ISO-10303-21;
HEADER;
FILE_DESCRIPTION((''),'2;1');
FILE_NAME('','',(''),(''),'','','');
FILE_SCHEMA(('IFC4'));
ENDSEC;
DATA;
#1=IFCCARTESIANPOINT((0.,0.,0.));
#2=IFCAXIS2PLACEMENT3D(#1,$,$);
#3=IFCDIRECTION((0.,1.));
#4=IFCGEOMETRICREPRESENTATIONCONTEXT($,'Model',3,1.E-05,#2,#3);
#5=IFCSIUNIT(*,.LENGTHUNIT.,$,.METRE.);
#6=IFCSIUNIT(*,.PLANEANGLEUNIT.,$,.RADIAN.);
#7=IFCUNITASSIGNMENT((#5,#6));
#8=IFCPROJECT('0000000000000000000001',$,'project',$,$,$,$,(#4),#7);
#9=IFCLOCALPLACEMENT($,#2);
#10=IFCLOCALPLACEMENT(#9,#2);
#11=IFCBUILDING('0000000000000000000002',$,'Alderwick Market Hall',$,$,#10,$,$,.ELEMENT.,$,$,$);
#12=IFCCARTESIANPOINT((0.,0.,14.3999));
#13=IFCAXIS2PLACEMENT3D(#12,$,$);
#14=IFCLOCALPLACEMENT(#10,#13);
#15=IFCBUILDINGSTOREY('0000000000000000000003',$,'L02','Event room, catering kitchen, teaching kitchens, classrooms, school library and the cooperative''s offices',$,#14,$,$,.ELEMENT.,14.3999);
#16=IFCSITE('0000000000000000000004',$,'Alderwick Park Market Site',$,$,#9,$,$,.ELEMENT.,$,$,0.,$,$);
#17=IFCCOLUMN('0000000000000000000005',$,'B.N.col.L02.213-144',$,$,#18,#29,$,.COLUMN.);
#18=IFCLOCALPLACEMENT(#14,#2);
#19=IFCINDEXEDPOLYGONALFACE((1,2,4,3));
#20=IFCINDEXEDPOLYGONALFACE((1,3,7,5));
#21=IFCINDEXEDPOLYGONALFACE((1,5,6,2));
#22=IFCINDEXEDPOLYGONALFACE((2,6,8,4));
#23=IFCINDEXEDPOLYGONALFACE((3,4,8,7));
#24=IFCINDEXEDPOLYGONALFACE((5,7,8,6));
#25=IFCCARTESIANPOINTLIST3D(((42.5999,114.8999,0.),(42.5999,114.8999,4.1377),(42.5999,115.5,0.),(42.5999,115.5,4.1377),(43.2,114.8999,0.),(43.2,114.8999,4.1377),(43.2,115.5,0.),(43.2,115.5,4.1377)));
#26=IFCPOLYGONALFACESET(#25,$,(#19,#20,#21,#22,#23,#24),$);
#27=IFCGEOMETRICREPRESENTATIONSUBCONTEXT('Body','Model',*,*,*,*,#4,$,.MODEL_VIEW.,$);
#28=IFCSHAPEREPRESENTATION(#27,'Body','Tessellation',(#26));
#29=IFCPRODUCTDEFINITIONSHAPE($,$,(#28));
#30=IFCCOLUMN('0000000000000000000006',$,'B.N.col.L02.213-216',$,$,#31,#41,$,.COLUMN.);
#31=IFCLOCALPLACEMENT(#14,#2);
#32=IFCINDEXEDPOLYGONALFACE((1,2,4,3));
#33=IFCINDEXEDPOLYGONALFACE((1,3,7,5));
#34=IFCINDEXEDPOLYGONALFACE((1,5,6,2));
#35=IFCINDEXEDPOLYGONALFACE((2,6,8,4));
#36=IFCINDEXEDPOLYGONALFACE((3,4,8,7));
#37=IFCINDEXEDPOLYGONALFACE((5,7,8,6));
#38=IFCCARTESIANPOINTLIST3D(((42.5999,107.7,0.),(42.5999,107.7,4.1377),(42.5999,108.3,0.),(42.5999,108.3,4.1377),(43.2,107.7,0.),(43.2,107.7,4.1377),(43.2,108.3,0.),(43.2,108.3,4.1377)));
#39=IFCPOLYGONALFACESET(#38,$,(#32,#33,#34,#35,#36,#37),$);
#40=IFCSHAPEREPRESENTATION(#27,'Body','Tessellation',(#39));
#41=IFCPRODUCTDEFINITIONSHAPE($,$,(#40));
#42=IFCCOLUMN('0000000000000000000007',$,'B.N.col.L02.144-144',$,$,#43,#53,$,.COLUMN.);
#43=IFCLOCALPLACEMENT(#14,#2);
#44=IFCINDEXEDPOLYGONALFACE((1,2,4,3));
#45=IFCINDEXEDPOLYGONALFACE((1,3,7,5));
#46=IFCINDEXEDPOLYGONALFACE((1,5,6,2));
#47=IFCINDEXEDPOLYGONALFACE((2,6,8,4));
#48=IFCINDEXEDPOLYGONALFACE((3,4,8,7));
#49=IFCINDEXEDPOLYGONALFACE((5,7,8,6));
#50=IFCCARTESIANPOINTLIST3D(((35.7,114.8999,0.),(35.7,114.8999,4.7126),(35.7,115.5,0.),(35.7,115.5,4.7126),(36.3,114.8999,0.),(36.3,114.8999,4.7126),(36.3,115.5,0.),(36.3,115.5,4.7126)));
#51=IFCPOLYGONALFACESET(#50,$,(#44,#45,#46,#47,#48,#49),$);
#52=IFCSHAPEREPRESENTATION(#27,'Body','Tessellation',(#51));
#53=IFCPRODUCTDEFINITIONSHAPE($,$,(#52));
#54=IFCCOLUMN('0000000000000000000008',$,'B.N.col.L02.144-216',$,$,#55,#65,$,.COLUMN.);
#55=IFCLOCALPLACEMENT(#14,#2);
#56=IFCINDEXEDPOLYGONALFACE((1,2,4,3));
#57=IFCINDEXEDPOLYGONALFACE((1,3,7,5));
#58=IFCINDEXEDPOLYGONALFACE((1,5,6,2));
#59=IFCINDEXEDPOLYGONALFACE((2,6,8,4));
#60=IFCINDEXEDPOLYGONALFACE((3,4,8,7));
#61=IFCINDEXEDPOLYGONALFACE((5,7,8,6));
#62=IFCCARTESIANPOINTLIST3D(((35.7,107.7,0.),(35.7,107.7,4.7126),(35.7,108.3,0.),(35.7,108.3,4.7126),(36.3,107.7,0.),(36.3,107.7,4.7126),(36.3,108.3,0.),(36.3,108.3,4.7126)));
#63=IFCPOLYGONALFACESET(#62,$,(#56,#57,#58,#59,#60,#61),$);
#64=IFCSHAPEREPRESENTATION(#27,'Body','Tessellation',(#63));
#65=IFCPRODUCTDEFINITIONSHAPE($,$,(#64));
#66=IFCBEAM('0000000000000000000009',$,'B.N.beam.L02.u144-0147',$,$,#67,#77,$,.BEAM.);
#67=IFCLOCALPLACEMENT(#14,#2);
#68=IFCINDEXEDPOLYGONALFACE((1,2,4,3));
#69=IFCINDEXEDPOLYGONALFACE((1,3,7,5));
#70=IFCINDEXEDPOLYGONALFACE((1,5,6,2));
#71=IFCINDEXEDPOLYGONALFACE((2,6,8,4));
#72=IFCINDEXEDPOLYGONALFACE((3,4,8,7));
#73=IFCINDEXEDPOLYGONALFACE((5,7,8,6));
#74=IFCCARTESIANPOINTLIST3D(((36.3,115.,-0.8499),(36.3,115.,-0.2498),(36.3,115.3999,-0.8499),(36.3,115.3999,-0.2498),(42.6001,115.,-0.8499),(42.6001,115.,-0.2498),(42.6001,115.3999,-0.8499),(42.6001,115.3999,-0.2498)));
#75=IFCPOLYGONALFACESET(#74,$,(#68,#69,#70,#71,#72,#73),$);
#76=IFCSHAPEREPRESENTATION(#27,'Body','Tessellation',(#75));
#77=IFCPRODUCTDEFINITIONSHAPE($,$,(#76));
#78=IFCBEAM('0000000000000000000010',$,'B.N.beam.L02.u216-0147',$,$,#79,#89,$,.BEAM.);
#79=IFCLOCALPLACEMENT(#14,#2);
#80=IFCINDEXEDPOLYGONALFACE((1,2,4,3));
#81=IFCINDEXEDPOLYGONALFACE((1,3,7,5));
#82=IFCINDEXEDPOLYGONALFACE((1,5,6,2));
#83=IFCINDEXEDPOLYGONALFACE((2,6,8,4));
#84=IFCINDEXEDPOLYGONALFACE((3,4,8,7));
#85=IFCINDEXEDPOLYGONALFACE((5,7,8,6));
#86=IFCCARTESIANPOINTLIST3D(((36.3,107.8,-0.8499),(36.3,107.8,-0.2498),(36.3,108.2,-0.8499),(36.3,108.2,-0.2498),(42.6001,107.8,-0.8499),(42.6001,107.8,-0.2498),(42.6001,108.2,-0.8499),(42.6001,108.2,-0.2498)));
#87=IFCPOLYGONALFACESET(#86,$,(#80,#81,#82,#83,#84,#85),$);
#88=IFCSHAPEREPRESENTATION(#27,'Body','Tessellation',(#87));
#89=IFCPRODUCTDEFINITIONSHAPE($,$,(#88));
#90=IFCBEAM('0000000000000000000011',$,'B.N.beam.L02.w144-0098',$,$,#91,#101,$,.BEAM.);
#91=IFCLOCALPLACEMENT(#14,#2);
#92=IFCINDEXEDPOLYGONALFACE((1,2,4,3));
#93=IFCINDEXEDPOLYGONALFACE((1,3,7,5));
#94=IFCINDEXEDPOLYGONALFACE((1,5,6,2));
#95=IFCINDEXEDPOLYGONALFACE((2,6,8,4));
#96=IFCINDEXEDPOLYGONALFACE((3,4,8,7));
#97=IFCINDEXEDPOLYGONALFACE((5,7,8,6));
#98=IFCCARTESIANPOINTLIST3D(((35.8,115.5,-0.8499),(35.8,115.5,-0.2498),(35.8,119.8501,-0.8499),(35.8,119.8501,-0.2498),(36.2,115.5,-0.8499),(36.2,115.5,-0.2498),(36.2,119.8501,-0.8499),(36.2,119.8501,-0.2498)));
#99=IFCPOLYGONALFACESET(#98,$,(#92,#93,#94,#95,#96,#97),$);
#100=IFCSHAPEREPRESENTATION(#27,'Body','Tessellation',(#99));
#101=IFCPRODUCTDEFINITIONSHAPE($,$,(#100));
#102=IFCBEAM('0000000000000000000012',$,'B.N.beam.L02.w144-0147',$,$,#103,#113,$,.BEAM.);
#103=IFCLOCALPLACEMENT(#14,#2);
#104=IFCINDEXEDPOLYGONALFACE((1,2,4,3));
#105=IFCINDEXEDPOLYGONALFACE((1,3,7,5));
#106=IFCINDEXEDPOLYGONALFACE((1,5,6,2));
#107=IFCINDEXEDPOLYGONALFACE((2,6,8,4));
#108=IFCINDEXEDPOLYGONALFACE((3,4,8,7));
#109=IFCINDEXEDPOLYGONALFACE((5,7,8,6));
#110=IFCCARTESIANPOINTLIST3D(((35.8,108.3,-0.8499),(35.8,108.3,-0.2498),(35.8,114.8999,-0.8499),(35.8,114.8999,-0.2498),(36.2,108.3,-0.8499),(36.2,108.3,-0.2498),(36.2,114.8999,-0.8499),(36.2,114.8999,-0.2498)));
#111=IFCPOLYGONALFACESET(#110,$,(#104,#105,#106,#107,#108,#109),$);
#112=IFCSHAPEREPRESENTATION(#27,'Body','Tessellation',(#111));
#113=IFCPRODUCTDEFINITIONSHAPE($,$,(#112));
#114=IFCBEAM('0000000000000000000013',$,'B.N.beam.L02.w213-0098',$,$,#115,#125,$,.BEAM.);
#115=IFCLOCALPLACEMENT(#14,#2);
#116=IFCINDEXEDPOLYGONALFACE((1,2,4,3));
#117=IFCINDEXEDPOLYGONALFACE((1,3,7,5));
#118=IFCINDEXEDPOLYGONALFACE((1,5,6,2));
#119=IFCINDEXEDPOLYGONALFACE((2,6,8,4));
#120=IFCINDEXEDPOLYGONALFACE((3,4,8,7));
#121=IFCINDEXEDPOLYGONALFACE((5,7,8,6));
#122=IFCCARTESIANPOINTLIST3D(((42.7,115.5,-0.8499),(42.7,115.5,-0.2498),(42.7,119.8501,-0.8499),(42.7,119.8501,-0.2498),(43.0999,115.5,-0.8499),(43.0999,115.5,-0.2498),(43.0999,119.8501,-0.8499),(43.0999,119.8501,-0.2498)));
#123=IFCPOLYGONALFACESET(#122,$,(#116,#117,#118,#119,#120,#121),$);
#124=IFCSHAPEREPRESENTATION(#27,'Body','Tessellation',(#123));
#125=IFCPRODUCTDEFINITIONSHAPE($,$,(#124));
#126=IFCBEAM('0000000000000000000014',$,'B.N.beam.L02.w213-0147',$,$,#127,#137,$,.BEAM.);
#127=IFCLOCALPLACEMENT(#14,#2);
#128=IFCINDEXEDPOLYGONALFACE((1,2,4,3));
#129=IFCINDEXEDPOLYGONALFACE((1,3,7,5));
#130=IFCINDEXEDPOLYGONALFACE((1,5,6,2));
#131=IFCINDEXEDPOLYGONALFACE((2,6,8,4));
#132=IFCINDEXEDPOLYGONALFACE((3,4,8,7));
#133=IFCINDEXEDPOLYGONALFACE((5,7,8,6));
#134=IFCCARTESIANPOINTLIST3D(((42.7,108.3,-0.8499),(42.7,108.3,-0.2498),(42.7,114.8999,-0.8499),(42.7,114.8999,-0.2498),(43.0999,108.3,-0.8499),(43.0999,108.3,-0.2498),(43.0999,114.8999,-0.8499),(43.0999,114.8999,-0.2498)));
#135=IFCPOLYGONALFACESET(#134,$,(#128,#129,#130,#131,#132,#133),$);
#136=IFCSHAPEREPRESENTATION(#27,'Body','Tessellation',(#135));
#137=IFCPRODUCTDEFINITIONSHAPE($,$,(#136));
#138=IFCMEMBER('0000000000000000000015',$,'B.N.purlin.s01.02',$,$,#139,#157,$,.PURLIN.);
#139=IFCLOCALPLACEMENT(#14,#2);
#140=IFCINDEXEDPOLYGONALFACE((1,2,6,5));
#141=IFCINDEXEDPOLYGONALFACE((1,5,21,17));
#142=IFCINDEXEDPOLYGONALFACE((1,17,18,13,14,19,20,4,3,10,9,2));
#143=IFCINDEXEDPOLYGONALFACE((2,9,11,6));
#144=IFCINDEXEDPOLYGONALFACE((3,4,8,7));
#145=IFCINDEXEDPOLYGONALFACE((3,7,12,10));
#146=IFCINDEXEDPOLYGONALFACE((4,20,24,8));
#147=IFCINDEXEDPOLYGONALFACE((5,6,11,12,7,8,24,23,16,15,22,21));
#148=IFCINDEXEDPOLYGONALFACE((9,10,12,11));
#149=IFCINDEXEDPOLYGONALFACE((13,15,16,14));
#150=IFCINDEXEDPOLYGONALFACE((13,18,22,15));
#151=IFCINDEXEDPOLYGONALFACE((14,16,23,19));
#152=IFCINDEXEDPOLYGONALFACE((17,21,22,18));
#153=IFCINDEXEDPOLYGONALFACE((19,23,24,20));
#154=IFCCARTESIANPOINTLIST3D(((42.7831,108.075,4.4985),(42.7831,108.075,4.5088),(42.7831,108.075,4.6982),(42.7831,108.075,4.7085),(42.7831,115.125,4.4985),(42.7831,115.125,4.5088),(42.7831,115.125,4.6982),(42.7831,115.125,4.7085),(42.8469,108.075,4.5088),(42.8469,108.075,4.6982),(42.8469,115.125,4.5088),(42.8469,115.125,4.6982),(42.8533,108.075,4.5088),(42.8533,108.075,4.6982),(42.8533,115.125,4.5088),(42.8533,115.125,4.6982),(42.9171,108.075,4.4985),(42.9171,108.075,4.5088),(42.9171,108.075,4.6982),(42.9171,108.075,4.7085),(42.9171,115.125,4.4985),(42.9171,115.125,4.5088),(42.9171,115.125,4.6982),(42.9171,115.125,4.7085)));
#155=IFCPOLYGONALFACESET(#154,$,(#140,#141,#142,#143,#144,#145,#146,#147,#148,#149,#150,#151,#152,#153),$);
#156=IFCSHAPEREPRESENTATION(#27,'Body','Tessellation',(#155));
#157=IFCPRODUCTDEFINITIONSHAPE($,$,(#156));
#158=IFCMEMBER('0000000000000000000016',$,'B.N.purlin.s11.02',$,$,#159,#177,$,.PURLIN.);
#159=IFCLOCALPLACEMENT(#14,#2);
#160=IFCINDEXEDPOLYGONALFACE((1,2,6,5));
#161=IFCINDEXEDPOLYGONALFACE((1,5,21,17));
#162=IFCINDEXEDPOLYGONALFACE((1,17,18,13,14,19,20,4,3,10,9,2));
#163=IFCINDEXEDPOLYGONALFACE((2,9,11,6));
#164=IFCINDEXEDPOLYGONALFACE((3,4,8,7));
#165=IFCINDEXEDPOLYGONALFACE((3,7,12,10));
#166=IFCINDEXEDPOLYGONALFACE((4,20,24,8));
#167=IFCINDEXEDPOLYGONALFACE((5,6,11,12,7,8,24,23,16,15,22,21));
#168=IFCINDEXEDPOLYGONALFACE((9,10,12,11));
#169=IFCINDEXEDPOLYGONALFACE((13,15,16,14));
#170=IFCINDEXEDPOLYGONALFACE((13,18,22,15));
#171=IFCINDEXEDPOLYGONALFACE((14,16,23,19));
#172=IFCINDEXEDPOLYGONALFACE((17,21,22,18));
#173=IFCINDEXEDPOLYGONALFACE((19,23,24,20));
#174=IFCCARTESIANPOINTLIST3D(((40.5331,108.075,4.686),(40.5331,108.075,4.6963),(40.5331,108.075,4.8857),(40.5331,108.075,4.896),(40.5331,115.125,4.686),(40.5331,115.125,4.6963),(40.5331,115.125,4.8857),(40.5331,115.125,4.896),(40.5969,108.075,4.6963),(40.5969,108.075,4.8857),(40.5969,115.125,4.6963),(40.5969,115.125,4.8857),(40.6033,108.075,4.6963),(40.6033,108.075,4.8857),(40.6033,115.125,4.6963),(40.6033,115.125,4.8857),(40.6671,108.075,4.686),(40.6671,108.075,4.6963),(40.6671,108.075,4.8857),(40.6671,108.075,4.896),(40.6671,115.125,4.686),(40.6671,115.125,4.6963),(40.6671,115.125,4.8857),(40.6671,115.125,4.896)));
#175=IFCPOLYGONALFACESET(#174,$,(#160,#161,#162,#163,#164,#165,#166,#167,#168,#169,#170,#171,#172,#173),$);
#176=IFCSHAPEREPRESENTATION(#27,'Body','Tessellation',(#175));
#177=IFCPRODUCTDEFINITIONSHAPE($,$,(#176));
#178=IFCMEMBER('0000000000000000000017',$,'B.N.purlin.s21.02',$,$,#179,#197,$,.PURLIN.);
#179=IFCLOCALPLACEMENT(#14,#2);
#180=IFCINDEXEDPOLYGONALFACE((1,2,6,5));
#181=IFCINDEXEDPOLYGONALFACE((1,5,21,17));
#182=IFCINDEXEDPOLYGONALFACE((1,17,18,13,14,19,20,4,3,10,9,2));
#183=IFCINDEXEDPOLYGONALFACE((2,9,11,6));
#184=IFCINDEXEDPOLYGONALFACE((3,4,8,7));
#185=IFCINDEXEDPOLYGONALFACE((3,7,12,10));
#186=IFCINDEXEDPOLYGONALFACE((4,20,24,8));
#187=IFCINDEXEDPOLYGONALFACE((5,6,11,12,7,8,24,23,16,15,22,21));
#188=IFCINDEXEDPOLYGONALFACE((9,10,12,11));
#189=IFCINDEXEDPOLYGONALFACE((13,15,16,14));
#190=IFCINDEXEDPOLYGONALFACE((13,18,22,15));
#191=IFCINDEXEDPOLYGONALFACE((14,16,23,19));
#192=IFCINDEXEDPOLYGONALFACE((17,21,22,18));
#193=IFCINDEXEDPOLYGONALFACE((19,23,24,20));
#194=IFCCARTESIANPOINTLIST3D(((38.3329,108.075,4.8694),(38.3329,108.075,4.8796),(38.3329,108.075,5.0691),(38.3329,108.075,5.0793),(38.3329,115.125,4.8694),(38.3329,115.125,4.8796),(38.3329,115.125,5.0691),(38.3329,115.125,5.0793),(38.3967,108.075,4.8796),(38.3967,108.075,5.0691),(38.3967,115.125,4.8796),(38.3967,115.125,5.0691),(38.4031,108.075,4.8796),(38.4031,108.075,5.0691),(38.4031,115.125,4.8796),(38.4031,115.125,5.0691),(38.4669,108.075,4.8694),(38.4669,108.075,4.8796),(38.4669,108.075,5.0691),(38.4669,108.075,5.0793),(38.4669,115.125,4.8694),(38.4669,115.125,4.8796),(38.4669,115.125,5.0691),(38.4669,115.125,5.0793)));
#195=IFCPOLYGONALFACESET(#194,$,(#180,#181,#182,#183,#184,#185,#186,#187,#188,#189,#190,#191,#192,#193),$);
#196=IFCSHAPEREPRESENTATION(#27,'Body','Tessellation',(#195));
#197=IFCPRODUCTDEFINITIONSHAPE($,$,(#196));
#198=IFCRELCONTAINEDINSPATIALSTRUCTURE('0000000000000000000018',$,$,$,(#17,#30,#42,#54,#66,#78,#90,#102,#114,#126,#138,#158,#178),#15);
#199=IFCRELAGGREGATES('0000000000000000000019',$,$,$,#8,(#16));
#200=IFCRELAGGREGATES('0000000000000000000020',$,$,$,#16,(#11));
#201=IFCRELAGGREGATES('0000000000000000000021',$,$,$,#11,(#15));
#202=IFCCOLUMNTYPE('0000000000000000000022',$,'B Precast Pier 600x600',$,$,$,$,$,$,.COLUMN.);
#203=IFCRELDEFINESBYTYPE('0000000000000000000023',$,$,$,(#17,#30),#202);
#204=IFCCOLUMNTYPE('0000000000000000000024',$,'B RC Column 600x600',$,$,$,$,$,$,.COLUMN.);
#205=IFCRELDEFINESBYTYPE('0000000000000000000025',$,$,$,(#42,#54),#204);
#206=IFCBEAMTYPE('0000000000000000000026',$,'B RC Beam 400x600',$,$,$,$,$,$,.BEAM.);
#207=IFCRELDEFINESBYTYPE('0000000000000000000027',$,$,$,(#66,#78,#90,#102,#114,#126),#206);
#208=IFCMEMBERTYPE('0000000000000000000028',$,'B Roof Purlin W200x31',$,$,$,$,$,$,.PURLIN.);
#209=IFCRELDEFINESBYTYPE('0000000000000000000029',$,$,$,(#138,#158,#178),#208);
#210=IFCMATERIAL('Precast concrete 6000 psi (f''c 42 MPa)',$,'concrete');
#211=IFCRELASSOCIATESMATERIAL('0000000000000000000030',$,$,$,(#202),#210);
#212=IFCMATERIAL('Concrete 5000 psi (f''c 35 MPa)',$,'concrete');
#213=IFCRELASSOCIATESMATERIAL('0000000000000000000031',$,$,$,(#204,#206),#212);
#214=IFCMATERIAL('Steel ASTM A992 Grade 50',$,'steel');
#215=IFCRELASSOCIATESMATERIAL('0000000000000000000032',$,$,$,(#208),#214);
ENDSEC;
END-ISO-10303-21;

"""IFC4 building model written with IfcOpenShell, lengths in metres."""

from ifc_helpers import new_model, si_unit, direction, frame, origin, origin_2d, place, context, subcontext, project, spatial, rectangle, i_section, extrude, material, material_profile, profile_set, type_object, element, save


model = new_model("IFC4")

# Units and contexts
model_context = context("Model", 3, precision=1e-05, world=origin(), true_north=direction((0.0, 1.0)))
body_context = subcontext(model_context, "Body", "Model", "MODEL_VIEW")
ifc_project = project(units=[si_unit("LENGTHUNIT", "METRE"), si_unit("PLANEANGLEUNIT", "RADIAN")], contexts=[model_context])

# Site, building, storey
site_placement = place(None, origin())
site = spatial("IfcSite", under=ifc_project, at=site_placement, Name="Alderwick Park Market Site", CompositionType="ELEMENT", RefElevation=0.0)
building_placement = place(site_placement, origin())
building = spatial("IfcBuilding", under=site, at=building_placement, Name="Alderwick Market Hall", CompositionType="ELEMENT")
storey_placement = place(building_placement, frame((0.0, 0.0, 14.3999)))
storey = spatial("IfcBuildingStorey", under=building, at=storey_placement, Name="L02", Description="Event room, catering kitchen, teaching kitchens, classrooms, school library and the cooperative's offices", CompositionType="ELEMENT", Elevation=14.3999)

# Columns
ifc_material_1 = material(Name="Precast concrete 6000 psi (f'c 42 MPa)", Category="concrete")
ifc_material_profile_1 = material_profile(ifc_material_1, rectangle(XDim=0.6001, YDim=0.6001, at=origin_2d()), Name="B Precast Pier 600x600")
ifc_profile_set_1 = profile_set([ifc_material_profile_1], Name="Precast concrete 6000 psi (f'c 42 MPa)")
column_type_1 = type_object("IfcColumnType", Name="B Precast Pier 600x600", PredefinedType="COLUMN", material=ifc_profile_set_1)
for number, where, z_axis, x_axis, name in (
    (1, (42.8999, 115.2, 0.0), (0.0, 0.0, 1.0), (1.0, 0.0, 0.0), "B.N.col.L02.213-144"),
    (2, (42.8999, 108.0, 0.0), (0.0, 0.0, 1.0), (1.0, 0.0, 0.0), "B.N.col.L02.213-216"),
):
    element("IfcColumn", number, at=place(storey_placement, frame(where, z_axis=z_axis, x_axis=x_axis)), inside=storey, type_object=column_type_1, Name=name, PredefinedType="COLUMN", context=body_context, shape_type="SweptSolid", body=[
        extrude(rectangle(XDim=0.6001, YDim=0.6001, at=origin_2d()), origin(), (0.0, 0.0, 1.0), 4.1377),
    ])
ifc_material_2 = material(Name="Concrete 5000 psi (f'c 35 MPa)", Category="concrete")
ifc_material_profile_2 = material_profile(ifc_material_2, rectangle(XDim=0.6001, YDim=0.6001, at=origin_2d()), Name="B RC Column 600x600")
ifc_profile_set_2 = profile_set([ifc_material_profile_2], Name="Concrete 5000 psi (f'c 35 MPa)")
column_type_2 = type_object("IfcColumnType", Name="B RC Column 600x600", PredefinedType="COLUMN", material=ifc_profile_set_2)
for number, where, z_axis, x_axis, name in (
    (3, (36.0, 115.2, 0.0), (0.0, 0.0, 1.0), (1.0, 0.0, 0.0), "B.N.col.L02.144-144"),
    (4, (36.0, 108.0, 0.0), (0.0, 0.0, 1.0), (1.0, 0.0, 0.0), "B.N.col.L02.144-216"),
):
    element("IfcColumn", number, at=place(storey_placement, frame(where, z_axis=z_axis, x_axis=x_axis)), inside=storey, type_object=column_type_2, Name=name, PredefinedType="COLUMN", context=body_context, shape_type="SweptSolid", body=[
        extrude(rectangle(XDim=0.6001, YDim=0.6001, at=origin_2d()), origin(), (0.0, 0.0, 1.0), 4.7126),
    ])

# Beams
ifc_material_profile_3 = material_profile(ifc_material_2, rectangle(XDim=0.3999, YDim=0.6001, at=origin_2d()), Name="B RC Beam 400x600")
ifc_profile_set_3 = profile_set([ifc_material_profile_3], Name="Concrete 5000 psi (f'c 35 MPa)")
beam_type_1 = type_object("IfcBeamType", Name="B RC Beam 400x600", PredefinedType="BEAM", material=ifc_profile_set_3)
for number, where, z_axis, x_axis, name in (
    (5, (36.3, 115.2, -0.5498), (1.0, 0.0, 0.0), (0.0, 1.0, 0.0), "B.N.beam.L02.u144-0147"),
    (6, (36.3, 108.0, -0.5498), (1.0, 0.0, 0.0), (0.0, 1.0, 0.0), "B.N.beam.L02.u216-0147"),
):
    element("IfcBeam", number, at=place(storey_placement, frame(where, z_axis=z_axis, x_axis=x_axis)), inside=storey, type_object=beam_type_1, Name=name, PredefinedType="BEAM", context=body_context, shape_type="SweptSolid", body=[
        extrude(rectangle(XDim=0.3999, YDim=0.6001, at=origin_2d()), origin(), (0.0, 0.0, 1.0), 6.3),
    ])
beam_1_placement = place(storey_placement, frame((36.0, 119.8501, -0.5498), z_axis=(0.0, -1.0, 0.0), x_axis=(1.0, 0.0, 0.0)))
element("IfcBeam", 7, at=beam_1_placement, inside=storey, type_object=beam_type_1, Name="B.N.beam.L02.w144-0098", PredefinedType="BEAM", context=body_context, shape_type="SweptSolid", body=[
    extrude(rectangle(XDim=0.3999, YDim=0.6001, at=origin_2d()), origin(), (0.0, 0.0, 1.0), 4.3501),
])
beam_2_placement = place(storey_placement, frame((36.0, 114.8999, -0.5498), z_axis=(0.0, -1.0, 0.0), x_axis=(1.0, 0.0, 0.0)))
element("IfcBeam", 8, at=beam_2_placement, inside=storey, type_object=beam_type_1, Name="B.N.beam.L02.w144-0147", PredefinedType="BEAM", context=body_context, shape_type="SweptSolid", body=[
    extrude(rectangle(XDim=0.3999, YDim=0.6001, at=origin_2d()), origin(), (0.0, 0.0, 1.0), 6.5999),
])
beam_3_placement = place(storey_placement, frame((42.8999, 119.8501, -0.5498), z_axis=(0.0, -1.0, 0.0), x_axis=(1.0, 0.0, 0.0)))
element("IfcBeam", 9, at=beam_3_placement, inside=storey, type_object=beam_type_1, Name="B.N.beam.L02.w213-0098", PredefinedType="BEAM", context=body_context, shape_type="SweptSolid", body=[
    extrude(rectangle(XDim=0.3999, YDim=0.6001, at=origin_2d()), origin(), (0.0, 0.0, 1.0), 4.3501),
])
beam_4_placement = place(storey_placement, frame((42.8999, 114.8999, -0.5498), z_axis=(0.0, -1.0, 0.0), x_axis=(1.0, 0.0, 0.0)))
element("IfcBeam", 10, at=beam_4_placement, inside=storey, type_object=beam_type_1, Name="B.N.beam.L02.w213-0147", PredefinedType="BEAM", context=body_context, shape_type="SweptSolid", body=[
    extrude(rectangle(XDim=0.3999, YDim=0.6001, at=origin_2d()), origin(), (0.0, 0.0, 1.0), 6.5999),
])

# Members
ifc_material_3 = material(Name="Steel ASTM A992 Grade 50", Category="steel")
ifc_material_profile_4 = material_profile(ifc_material_3, i_section(OverallWidth=0.134, OverallDepth=0.21, WebThickness=0.0063, FlangeThickness=0.0103, at=origin_2d()), Name="W200x31")
ifc_profile_set_4 = profile_set([ifc_material_profile_4], Name="Steel ASTM A992 Grade 50")
member_type = type_object("IfcMemberType", Name="B Roof Purlin W200x31", PredefinedType="PURLIN", material=ifc_profile_set_4)
for number, where, z_axis, x_axis, name in (
    (11, (42.8501, 115.125, 4.6035), (0.0, -1.0, 0.0), (1.0, 0.0, 0.0), "B.N.purlin.s01.02"),
    (12, (40.6001, 115.125, 4.791), (0.0, -1.0, 0.0), (1.0, 0.0, 0.0), "B.N.purlin.s11.02"),
    (13, (38.3999, 115.125, 4.9744), (0.0, -1.0, 0.0), (1.0, 0.0, 0.0), "B.N.purlin.s21.02"),
):
    element("IfcMember", number, at=place(storey_placement, frame(where, z_axis=z_axis, x_axis=x_axis)), inside=storey, type_object=member_type, Name=name, PredefinedType="PURLIN", context=body_context, shape_type="SweptSolid", body=[
        extrude(i_section(OverallWidth=0.134, OverallDepth=0.21, WebThickness=0.0063, FlangeThickness=0.0103, at=origin_2d()), origin(), (0.0, 0.0, 1.0), 7.05),
    ])

save(model, "model.ifc")
